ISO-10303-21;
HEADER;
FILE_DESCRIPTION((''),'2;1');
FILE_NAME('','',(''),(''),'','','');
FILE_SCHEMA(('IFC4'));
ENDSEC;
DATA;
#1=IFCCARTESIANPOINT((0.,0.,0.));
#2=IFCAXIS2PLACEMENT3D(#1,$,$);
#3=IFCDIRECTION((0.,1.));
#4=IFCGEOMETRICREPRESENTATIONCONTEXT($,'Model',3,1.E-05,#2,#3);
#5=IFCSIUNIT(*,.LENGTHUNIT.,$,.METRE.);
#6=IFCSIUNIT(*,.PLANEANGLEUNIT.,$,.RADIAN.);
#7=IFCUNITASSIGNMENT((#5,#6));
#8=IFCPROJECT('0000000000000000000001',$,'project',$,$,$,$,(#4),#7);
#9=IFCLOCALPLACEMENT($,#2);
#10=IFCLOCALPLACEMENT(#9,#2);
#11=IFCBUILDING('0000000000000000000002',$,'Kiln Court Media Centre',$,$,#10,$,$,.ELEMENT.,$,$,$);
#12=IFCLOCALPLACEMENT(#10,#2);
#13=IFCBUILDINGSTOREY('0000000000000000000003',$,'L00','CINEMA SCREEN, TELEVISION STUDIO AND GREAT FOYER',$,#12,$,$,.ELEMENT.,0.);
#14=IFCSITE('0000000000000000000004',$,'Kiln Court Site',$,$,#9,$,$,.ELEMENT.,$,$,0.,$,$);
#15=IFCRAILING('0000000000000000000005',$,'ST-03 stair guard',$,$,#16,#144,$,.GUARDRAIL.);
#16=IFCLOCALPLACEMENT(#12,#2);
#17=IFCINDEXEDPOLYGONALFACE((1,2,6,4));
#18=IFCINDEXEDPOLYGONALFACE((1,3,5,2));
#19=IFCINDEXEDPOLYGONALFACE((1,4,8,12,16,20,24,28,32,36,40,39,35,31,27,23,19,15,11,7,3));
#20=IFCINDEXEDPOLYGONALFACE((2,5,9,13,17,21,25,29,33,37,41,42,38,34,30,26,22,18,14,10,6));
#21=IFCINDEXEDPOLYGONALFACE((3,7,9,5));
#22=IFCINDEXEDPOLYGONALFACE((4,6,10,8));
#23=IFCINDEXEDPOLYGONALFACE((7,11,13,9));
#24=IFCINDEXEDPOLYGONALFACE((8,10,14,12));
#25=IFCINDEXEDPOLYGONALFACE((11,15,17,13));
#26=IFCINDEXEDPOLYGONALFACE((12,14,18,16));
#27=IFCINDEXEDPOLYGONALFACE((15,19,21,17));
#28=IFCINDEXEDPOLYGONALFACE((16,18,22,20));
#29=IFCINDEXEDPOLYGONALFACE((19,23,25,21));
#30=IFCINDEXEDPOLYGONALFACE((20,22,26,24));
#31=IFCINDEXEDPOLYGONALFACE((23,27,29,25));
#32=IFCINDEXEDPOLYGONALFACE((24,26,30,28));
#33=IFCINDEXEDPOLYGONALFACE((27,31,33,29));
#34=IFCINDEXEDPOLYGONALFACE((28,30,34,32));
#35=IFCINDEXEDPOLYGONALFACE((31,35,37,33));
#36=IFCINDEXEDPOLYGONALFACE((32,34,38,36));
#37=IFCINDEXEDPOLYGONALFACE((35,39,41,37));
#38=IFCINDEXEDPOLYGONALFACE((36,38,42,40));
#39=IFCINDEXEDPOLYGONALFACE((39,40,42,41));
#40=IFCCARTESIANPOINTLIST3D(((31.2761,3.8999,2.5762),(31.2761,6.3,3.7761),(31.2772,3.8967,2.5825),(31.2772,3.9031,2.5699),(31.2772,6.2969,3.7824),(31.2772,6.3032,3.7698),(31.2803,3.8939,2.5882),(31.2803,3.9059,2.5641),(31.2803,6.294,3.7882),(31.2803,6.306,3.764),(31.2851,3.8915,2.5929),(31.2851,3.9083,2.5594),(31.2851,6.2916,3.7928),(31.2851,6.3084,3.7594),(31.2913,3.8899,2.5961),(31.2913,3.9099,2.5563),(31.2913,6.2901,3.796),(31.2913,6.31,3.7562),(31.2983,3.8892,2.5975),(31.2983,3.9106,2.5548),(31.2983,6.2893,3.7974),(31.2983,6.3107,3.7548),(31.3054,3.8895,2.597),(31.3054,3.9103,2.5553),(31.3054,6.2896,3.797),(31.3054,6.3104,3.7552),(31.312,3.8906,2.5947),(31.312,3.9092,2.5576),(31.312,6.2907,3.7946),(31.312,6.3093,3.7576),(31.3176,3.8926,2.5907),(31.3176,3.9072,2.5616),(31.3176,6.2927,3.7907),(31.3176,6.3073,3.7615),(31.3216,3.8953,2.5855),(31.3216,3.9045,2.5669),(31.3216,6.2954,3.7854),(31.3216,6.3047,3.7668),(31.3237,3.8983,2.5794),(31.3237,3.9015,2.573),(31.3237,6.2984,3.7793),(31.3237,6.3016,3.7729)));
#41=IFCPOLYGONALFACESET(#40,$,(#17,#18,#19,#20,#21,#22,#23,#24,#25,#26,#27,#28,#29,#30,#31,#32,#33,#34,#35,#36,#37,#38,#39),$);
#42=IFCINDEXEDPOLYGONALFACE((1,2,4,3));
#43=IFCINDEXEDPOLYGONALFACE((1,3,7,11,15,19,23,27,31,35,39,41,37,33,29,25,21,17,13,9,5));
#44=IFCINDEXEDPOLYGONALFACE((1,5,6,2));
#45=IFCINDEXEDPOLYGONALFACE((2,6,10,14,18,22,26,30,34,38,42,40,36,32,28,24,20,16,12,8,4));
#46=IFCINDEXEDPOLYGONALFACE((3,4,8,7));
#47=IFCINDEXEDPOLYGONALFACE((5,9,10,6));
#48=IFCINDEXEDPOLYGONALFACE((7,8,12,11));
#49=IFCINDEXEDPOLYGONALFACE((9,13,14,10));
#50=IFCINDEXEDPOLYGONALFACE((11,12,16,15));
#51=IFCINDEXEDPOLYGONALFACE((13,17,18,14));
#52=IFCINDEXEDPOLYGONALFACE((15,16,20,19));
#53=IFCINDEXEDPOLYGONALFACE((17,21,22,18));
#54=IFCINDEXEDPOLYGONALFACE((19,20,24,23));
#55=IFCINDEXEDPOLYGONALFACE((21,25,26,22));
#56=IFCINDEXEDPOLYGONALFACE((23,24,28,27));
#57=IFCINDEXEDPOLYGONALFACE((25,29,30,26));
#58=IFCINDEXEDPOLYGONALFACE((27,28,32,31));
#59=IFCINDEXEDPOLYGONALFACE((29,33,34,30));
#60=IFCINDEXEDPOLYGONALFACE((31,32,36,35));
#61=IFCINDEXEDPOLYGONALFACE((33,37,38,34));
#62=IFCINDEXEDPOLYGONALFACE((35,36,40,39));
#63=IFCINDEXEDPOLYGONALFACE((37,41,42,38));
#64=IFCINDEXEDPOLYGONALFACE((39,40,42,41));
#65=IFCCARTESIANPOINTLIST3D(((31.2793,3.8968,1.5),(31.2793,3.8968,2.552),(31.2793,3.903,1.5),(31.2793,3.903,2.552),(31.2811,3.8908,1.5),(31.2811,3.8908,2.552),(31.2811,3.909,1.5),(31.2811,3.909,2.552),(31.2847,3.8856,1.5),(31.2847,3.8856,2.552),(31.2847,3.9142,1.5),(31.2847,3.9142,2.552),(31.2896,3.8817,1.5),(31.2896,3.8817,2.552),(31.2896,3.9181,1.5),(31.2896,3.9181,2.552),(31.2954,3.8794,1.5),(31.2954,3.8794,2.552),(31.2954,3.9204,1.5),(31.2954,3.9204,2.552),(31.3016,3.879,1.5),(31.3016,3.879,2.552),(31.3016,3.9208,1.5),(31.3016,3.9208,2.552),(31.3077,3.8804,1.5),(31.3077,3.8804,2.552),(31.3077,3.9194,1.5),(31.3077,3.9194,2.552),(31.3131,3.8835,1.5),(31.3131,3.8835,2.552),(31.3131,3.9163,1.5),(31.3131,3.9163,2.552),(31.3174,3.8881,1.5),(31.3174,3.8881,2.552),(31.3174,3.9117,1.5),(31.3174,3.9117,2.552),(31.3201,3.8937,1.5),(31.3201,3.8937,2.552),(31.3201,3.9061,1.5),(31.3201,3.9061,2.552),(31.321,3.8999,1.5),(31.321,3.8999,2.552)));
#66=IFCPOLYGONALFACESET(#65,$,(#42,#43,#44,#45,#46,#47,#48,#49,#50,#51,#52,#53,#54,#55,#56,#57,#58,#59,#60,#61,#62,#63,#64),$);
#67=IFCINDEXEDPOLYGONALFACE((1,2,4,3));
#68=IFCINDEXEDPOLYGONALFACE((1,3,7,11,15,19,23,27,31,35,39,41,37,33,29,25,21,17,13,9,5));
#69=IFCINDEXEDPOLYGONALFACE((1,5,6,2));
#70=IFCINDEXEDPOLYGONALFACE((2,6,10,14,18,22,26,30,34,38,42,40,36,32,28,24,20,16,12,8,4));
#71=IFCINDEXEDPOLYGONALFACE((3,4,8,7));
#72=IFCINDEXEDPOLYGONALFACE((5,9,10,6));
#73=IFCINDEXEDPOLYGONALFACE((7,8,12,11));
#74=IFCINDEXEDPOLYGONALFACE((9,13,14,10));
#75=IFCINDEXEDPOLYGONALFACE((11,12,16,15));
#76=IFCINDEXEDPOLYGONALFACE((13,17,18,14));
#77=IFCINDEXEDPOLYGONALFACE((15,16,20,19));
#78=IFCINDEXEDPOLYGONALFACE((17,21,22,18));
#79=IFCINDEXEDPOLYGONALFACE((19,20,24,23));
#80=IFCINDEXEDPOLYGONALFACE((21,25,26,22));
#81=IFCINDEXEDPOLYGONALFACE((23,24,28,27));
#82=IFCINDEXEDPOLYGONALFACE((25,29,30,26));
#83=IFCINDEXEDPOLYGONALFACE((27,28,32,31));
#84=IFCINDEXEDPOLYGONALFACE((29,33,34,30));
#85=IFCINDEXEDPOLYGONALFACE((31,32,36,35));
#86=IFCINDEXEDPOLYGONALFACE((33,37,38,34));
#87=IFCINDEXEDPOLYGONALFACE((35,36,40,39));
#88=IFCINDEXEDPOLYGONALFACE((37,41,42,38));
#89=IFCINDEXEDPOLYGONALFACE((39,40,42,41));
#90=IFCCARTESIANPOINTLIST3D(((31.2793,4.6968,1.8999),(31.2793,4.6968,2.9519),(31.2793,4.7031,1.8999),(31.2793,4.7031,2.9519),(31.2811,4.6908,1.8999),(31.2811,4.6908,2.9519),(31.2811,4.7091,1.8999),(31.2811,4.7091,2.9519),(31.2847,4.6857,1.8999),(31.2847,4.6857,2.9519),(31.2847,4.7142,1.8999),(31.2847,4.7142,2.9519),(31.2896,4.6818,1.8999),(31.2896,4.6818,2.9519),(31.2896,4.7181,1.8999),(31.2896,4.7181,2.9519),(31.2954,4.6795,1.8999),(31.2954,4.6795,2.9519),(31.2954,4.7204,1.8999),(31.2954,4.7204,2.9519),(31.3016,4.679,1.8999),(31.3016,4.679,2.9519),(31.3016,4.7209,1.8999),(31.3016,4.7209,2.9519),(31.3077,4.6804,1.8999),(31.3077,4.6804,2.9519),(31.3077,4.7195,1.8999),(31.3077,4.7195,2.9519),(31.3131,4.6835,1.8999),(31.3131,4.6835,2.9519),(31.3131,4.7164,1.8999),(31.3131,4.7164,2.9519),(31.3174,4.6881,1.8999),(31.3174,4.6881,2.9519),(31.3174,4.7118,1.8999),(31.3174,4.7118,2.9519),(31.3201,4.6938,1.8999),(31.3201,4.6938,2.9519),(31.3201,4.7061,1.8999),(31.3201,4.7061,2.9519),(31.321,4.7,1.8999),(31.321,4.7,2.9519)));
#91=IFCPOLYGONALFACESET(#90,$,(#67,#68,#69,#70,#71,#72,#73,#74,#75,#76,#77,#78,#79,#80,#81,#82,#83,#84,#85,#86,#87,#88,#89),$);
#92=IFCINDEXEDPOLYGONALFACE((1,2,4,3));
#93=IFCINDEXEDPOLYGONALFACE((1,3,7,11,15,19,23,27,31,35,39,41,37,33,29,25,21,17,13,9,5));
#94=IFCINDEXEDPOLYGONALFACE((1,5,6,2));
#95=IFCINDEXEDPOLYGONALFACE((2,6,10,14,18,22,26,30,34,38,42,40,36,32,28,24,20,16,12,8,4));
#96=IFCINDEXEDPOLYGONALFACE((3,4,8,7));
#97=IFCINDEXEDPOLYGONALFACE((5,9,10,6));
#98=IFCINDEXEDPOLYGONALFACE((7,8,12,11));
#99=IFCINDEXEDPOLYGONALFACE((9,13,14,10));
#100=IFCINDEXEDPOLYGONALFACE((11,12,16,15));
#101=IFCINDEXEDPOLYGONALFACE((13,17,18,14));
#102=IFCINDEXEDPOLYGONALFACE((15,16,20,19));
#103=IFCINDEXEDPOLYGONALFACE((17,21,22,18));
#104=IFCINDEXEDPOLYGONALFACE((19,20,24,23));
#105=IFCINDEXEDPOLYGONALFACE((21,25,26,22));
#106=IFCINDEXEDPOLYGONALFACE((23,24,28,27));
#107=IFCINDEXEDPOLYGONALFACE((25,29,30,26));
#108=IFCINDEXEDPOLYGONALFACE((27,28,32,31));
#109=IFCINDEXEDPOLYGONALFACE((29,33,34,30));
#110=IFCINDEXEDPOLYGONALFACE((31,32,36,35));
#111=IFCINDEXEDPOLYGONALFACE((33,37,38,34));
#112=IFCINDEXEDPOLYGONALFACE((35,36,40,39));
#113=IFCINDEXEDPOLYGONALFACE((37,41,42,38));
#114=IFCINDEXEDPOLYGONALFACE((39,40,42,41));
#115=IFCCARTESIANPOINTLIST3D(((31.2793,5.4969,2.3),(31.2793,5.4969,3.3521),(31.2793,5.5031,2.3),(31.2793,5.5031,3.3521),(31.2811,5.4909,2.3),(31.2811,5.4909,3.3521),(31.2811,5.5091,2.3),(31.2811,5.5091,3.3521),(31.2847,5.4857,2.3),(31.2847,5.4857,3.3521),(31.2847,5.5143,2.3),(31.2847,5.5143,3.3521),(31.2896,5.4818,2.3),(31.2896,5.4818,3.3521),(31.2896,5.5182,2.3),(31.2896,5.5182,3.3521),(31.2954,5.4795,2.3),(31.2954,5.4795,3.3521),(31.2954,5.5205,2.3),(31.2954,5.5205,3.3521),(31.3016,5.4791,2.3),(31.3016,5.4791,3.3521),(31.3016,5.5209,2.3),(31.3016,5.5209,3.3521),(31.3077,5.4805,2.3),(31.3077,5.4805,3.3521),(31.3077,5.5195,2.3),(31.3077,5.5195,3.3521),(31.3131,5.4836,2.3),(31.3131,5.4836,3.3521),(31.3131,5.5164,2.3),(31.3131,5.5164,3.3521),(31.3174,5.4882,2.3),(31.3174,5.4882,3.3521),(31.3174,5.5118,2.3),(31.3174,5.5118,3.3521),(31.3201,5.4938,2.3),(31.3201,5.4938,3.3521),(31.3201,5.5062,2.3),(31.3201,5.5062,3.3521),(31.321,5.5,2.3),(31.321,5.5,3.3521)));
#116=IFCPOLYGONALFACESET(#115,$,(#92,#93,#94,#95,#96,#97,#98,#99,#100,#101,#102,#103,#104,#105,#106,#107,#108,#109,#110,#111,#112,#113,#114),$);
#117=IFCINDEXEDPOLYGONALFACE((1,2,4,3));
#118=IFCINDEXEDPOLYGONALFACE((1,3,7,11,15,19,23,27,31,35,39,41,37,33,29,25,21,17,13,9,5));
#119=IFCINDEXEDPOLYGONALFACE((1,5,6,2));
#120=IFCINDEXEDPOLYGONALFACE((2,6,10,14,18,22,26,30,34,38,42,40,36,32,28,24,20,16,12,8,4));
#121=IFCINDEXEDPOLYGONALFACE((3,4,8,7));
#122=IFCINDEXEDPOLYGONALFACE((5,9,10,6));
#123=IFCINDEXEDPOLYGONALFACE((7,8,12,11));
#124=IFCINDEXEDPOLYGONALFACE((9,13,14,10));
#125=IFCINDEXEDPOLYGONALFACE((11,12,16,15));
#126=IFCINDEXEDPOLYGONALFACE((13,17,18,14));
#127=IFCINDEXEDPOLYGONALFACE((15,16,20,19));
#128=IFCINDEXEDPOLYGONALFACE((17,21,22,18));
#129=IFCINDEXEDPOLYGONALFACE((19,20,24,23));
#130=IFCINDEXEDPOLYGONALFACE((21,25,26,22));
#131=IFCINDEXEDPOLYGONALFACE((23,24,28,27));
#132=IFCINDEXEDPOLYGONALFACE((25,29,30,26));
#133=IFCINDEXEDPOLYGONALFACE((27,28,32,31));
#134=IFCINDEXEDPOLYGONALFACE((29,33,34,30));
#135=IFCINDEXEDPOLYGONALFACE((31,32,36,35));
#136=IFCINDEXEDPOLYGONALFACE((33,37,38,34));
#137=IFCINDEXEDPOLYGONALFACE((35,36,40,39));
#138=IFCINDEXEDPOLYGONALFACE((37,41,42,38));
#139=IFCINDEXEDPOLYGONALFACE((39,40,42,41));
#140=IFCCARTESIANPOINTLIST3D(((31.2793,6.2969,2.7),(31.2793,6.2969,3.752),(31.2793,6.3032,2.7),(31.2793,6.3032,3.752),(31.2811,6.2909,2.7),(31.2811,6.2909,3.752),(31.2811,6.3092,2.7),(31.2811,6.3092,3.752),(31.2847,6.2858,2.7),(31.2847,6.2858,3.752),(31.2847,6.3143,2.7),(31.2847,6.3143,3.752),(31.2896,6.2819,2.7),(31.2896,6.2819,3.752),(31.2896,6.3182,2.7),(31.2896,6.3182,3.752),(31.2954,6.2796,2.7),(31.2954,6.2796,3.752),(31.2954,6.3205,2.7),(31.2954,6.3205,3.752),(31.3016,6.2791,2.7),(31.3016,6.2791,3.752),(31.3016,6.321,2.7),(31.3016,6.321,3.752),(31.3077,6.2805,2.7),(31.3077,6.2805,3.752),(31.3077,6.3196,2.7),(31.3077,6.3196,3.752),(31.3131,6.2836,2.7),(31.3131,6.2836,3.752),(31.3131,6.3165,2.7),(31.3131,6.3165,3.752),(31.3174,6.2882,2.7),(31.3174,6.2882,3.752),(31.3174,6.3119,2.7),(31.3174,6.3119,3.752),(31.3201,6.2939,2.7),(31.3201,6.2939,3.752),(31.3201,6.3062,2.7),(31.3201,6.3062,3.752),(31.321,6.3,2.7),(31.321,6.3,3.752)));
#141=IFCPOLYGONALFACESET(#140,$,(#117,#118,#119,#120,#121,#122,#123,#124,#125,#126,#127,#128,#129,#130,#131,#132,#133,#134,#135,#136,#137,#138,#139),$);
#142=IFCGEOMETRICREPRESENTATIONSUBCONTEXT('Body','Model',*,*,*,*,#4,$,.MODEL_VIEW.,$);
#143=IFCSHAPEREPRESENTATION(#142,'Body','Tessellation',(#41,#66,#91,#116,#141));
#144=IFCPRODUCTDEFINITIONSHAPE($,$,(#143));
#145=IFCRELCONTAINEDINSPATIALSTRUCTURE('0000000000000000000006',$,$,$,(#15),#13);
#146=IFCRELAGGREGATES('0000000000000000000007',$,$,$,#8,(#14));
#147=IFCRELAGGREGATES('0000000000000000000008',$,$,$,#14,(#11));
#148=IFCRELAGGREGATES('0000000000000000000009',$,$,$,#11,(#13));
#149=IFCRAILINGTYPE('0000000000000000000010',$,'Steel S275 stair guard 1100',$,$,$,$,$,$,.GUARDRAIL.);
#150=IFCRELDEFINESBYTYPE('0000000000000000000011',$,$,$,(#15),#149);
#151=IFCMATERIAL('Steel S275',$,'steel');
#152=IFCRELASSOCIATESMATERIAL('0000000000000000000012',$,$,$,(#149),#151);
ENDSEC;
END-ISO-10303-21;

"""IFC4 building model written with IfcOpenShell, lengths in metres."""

from ifc_helpers import new_model, si_unit, direction, frame, origin, origin_2d, place, context, subcontext, project, spatial, circle, extrude, material, type_object, element, save


model = new_model("IFC4")

# Units and contexts
model_context = context("Model", 3, precision=1e-05, world=origin(), true_north=direction((0.0, 1.0)))
body_context = subcontext(model_context, "Body", "Model", "MODEL_VIEW")
ifc_project = project(units=[si_unit("LENGTHUNIT", "METRE"), si_unit("PLANEANGLEUNIT", "RADIAN")], contexts=[model_context])

# Site, building, storey
site_placement = place(None, origin())
site = spatial("IfcSite", under=ifc_project, at=site_placement, Name="Kiln Court Site", CompositionType="ELEMENT", RefElevation=0.0)
building_placement = place(site_placement, origin())
building = spatial("IfcBuilding", under=site, at=building_placement, Name="Kiln Court Media Centre", CompositionType="ELEMENT")
storey_placement = place(building_placement, origin())
storey = spatial("IfcBuildingStorey", under=building, at=storey_placement, Name="L00", Description="CINEMA SCREEN, TELEVISION STUDIO AND GREAT FOYER", CompositionType="ELEMENT", Elevation=0.0)

# Railing
ifc_material_1 = material(Name="Steel S275", Category="steel")
railing_type_1 = type_object("IfcRailingType", Name="Steel S275 stair guard 1100", PredefinedType="GUARDRAIL", material=ifc_material_1)
railing_1_placement = place(storey_placement, frame((31.3, 3.8999, 1.5)))
element("IfcRailing", 1, at=railing_1_placement, inside=storey, type_object=railing_type_1, Name="ST-03 stair guard", PredefinedType="GUARDRAIL", context=body_context, shape_type="SweptSolid", body=[
    extrude(circle(Radius=0.0239, at=origin_2d()), frame((0.0, 0.0, 1.0762), z_axis=(0.0, 0.894445, 0.447177), x_axis=(-1.0, 0.0, 0.0)), (0.0, 0.0, 1.0), 2.6833),
    extrude(circle(Radius=0.021, at=origin_2d()), origin(), (0.0, 0.0, 1.0), 1.052),
    extrude(circle(Radius=0.021, at=origin_2d()), frame((0.0, 0.8, 0.3999)), (0.0, 0.0, 1.0), 1.052),
    extrude(circle(Radius=0.021, at=origin_2d()), frame((0.0, 1.6001, 0.8)), (0.0, 0.0, 1.0), 1.052),
    extrude(circle(Radius=0.021, at=origin_2d()), frame((0.0, 2.4001, 1.2)), (0.0, 0.0, 1.0), 1.052),
])

save(model, "model.ifc")
